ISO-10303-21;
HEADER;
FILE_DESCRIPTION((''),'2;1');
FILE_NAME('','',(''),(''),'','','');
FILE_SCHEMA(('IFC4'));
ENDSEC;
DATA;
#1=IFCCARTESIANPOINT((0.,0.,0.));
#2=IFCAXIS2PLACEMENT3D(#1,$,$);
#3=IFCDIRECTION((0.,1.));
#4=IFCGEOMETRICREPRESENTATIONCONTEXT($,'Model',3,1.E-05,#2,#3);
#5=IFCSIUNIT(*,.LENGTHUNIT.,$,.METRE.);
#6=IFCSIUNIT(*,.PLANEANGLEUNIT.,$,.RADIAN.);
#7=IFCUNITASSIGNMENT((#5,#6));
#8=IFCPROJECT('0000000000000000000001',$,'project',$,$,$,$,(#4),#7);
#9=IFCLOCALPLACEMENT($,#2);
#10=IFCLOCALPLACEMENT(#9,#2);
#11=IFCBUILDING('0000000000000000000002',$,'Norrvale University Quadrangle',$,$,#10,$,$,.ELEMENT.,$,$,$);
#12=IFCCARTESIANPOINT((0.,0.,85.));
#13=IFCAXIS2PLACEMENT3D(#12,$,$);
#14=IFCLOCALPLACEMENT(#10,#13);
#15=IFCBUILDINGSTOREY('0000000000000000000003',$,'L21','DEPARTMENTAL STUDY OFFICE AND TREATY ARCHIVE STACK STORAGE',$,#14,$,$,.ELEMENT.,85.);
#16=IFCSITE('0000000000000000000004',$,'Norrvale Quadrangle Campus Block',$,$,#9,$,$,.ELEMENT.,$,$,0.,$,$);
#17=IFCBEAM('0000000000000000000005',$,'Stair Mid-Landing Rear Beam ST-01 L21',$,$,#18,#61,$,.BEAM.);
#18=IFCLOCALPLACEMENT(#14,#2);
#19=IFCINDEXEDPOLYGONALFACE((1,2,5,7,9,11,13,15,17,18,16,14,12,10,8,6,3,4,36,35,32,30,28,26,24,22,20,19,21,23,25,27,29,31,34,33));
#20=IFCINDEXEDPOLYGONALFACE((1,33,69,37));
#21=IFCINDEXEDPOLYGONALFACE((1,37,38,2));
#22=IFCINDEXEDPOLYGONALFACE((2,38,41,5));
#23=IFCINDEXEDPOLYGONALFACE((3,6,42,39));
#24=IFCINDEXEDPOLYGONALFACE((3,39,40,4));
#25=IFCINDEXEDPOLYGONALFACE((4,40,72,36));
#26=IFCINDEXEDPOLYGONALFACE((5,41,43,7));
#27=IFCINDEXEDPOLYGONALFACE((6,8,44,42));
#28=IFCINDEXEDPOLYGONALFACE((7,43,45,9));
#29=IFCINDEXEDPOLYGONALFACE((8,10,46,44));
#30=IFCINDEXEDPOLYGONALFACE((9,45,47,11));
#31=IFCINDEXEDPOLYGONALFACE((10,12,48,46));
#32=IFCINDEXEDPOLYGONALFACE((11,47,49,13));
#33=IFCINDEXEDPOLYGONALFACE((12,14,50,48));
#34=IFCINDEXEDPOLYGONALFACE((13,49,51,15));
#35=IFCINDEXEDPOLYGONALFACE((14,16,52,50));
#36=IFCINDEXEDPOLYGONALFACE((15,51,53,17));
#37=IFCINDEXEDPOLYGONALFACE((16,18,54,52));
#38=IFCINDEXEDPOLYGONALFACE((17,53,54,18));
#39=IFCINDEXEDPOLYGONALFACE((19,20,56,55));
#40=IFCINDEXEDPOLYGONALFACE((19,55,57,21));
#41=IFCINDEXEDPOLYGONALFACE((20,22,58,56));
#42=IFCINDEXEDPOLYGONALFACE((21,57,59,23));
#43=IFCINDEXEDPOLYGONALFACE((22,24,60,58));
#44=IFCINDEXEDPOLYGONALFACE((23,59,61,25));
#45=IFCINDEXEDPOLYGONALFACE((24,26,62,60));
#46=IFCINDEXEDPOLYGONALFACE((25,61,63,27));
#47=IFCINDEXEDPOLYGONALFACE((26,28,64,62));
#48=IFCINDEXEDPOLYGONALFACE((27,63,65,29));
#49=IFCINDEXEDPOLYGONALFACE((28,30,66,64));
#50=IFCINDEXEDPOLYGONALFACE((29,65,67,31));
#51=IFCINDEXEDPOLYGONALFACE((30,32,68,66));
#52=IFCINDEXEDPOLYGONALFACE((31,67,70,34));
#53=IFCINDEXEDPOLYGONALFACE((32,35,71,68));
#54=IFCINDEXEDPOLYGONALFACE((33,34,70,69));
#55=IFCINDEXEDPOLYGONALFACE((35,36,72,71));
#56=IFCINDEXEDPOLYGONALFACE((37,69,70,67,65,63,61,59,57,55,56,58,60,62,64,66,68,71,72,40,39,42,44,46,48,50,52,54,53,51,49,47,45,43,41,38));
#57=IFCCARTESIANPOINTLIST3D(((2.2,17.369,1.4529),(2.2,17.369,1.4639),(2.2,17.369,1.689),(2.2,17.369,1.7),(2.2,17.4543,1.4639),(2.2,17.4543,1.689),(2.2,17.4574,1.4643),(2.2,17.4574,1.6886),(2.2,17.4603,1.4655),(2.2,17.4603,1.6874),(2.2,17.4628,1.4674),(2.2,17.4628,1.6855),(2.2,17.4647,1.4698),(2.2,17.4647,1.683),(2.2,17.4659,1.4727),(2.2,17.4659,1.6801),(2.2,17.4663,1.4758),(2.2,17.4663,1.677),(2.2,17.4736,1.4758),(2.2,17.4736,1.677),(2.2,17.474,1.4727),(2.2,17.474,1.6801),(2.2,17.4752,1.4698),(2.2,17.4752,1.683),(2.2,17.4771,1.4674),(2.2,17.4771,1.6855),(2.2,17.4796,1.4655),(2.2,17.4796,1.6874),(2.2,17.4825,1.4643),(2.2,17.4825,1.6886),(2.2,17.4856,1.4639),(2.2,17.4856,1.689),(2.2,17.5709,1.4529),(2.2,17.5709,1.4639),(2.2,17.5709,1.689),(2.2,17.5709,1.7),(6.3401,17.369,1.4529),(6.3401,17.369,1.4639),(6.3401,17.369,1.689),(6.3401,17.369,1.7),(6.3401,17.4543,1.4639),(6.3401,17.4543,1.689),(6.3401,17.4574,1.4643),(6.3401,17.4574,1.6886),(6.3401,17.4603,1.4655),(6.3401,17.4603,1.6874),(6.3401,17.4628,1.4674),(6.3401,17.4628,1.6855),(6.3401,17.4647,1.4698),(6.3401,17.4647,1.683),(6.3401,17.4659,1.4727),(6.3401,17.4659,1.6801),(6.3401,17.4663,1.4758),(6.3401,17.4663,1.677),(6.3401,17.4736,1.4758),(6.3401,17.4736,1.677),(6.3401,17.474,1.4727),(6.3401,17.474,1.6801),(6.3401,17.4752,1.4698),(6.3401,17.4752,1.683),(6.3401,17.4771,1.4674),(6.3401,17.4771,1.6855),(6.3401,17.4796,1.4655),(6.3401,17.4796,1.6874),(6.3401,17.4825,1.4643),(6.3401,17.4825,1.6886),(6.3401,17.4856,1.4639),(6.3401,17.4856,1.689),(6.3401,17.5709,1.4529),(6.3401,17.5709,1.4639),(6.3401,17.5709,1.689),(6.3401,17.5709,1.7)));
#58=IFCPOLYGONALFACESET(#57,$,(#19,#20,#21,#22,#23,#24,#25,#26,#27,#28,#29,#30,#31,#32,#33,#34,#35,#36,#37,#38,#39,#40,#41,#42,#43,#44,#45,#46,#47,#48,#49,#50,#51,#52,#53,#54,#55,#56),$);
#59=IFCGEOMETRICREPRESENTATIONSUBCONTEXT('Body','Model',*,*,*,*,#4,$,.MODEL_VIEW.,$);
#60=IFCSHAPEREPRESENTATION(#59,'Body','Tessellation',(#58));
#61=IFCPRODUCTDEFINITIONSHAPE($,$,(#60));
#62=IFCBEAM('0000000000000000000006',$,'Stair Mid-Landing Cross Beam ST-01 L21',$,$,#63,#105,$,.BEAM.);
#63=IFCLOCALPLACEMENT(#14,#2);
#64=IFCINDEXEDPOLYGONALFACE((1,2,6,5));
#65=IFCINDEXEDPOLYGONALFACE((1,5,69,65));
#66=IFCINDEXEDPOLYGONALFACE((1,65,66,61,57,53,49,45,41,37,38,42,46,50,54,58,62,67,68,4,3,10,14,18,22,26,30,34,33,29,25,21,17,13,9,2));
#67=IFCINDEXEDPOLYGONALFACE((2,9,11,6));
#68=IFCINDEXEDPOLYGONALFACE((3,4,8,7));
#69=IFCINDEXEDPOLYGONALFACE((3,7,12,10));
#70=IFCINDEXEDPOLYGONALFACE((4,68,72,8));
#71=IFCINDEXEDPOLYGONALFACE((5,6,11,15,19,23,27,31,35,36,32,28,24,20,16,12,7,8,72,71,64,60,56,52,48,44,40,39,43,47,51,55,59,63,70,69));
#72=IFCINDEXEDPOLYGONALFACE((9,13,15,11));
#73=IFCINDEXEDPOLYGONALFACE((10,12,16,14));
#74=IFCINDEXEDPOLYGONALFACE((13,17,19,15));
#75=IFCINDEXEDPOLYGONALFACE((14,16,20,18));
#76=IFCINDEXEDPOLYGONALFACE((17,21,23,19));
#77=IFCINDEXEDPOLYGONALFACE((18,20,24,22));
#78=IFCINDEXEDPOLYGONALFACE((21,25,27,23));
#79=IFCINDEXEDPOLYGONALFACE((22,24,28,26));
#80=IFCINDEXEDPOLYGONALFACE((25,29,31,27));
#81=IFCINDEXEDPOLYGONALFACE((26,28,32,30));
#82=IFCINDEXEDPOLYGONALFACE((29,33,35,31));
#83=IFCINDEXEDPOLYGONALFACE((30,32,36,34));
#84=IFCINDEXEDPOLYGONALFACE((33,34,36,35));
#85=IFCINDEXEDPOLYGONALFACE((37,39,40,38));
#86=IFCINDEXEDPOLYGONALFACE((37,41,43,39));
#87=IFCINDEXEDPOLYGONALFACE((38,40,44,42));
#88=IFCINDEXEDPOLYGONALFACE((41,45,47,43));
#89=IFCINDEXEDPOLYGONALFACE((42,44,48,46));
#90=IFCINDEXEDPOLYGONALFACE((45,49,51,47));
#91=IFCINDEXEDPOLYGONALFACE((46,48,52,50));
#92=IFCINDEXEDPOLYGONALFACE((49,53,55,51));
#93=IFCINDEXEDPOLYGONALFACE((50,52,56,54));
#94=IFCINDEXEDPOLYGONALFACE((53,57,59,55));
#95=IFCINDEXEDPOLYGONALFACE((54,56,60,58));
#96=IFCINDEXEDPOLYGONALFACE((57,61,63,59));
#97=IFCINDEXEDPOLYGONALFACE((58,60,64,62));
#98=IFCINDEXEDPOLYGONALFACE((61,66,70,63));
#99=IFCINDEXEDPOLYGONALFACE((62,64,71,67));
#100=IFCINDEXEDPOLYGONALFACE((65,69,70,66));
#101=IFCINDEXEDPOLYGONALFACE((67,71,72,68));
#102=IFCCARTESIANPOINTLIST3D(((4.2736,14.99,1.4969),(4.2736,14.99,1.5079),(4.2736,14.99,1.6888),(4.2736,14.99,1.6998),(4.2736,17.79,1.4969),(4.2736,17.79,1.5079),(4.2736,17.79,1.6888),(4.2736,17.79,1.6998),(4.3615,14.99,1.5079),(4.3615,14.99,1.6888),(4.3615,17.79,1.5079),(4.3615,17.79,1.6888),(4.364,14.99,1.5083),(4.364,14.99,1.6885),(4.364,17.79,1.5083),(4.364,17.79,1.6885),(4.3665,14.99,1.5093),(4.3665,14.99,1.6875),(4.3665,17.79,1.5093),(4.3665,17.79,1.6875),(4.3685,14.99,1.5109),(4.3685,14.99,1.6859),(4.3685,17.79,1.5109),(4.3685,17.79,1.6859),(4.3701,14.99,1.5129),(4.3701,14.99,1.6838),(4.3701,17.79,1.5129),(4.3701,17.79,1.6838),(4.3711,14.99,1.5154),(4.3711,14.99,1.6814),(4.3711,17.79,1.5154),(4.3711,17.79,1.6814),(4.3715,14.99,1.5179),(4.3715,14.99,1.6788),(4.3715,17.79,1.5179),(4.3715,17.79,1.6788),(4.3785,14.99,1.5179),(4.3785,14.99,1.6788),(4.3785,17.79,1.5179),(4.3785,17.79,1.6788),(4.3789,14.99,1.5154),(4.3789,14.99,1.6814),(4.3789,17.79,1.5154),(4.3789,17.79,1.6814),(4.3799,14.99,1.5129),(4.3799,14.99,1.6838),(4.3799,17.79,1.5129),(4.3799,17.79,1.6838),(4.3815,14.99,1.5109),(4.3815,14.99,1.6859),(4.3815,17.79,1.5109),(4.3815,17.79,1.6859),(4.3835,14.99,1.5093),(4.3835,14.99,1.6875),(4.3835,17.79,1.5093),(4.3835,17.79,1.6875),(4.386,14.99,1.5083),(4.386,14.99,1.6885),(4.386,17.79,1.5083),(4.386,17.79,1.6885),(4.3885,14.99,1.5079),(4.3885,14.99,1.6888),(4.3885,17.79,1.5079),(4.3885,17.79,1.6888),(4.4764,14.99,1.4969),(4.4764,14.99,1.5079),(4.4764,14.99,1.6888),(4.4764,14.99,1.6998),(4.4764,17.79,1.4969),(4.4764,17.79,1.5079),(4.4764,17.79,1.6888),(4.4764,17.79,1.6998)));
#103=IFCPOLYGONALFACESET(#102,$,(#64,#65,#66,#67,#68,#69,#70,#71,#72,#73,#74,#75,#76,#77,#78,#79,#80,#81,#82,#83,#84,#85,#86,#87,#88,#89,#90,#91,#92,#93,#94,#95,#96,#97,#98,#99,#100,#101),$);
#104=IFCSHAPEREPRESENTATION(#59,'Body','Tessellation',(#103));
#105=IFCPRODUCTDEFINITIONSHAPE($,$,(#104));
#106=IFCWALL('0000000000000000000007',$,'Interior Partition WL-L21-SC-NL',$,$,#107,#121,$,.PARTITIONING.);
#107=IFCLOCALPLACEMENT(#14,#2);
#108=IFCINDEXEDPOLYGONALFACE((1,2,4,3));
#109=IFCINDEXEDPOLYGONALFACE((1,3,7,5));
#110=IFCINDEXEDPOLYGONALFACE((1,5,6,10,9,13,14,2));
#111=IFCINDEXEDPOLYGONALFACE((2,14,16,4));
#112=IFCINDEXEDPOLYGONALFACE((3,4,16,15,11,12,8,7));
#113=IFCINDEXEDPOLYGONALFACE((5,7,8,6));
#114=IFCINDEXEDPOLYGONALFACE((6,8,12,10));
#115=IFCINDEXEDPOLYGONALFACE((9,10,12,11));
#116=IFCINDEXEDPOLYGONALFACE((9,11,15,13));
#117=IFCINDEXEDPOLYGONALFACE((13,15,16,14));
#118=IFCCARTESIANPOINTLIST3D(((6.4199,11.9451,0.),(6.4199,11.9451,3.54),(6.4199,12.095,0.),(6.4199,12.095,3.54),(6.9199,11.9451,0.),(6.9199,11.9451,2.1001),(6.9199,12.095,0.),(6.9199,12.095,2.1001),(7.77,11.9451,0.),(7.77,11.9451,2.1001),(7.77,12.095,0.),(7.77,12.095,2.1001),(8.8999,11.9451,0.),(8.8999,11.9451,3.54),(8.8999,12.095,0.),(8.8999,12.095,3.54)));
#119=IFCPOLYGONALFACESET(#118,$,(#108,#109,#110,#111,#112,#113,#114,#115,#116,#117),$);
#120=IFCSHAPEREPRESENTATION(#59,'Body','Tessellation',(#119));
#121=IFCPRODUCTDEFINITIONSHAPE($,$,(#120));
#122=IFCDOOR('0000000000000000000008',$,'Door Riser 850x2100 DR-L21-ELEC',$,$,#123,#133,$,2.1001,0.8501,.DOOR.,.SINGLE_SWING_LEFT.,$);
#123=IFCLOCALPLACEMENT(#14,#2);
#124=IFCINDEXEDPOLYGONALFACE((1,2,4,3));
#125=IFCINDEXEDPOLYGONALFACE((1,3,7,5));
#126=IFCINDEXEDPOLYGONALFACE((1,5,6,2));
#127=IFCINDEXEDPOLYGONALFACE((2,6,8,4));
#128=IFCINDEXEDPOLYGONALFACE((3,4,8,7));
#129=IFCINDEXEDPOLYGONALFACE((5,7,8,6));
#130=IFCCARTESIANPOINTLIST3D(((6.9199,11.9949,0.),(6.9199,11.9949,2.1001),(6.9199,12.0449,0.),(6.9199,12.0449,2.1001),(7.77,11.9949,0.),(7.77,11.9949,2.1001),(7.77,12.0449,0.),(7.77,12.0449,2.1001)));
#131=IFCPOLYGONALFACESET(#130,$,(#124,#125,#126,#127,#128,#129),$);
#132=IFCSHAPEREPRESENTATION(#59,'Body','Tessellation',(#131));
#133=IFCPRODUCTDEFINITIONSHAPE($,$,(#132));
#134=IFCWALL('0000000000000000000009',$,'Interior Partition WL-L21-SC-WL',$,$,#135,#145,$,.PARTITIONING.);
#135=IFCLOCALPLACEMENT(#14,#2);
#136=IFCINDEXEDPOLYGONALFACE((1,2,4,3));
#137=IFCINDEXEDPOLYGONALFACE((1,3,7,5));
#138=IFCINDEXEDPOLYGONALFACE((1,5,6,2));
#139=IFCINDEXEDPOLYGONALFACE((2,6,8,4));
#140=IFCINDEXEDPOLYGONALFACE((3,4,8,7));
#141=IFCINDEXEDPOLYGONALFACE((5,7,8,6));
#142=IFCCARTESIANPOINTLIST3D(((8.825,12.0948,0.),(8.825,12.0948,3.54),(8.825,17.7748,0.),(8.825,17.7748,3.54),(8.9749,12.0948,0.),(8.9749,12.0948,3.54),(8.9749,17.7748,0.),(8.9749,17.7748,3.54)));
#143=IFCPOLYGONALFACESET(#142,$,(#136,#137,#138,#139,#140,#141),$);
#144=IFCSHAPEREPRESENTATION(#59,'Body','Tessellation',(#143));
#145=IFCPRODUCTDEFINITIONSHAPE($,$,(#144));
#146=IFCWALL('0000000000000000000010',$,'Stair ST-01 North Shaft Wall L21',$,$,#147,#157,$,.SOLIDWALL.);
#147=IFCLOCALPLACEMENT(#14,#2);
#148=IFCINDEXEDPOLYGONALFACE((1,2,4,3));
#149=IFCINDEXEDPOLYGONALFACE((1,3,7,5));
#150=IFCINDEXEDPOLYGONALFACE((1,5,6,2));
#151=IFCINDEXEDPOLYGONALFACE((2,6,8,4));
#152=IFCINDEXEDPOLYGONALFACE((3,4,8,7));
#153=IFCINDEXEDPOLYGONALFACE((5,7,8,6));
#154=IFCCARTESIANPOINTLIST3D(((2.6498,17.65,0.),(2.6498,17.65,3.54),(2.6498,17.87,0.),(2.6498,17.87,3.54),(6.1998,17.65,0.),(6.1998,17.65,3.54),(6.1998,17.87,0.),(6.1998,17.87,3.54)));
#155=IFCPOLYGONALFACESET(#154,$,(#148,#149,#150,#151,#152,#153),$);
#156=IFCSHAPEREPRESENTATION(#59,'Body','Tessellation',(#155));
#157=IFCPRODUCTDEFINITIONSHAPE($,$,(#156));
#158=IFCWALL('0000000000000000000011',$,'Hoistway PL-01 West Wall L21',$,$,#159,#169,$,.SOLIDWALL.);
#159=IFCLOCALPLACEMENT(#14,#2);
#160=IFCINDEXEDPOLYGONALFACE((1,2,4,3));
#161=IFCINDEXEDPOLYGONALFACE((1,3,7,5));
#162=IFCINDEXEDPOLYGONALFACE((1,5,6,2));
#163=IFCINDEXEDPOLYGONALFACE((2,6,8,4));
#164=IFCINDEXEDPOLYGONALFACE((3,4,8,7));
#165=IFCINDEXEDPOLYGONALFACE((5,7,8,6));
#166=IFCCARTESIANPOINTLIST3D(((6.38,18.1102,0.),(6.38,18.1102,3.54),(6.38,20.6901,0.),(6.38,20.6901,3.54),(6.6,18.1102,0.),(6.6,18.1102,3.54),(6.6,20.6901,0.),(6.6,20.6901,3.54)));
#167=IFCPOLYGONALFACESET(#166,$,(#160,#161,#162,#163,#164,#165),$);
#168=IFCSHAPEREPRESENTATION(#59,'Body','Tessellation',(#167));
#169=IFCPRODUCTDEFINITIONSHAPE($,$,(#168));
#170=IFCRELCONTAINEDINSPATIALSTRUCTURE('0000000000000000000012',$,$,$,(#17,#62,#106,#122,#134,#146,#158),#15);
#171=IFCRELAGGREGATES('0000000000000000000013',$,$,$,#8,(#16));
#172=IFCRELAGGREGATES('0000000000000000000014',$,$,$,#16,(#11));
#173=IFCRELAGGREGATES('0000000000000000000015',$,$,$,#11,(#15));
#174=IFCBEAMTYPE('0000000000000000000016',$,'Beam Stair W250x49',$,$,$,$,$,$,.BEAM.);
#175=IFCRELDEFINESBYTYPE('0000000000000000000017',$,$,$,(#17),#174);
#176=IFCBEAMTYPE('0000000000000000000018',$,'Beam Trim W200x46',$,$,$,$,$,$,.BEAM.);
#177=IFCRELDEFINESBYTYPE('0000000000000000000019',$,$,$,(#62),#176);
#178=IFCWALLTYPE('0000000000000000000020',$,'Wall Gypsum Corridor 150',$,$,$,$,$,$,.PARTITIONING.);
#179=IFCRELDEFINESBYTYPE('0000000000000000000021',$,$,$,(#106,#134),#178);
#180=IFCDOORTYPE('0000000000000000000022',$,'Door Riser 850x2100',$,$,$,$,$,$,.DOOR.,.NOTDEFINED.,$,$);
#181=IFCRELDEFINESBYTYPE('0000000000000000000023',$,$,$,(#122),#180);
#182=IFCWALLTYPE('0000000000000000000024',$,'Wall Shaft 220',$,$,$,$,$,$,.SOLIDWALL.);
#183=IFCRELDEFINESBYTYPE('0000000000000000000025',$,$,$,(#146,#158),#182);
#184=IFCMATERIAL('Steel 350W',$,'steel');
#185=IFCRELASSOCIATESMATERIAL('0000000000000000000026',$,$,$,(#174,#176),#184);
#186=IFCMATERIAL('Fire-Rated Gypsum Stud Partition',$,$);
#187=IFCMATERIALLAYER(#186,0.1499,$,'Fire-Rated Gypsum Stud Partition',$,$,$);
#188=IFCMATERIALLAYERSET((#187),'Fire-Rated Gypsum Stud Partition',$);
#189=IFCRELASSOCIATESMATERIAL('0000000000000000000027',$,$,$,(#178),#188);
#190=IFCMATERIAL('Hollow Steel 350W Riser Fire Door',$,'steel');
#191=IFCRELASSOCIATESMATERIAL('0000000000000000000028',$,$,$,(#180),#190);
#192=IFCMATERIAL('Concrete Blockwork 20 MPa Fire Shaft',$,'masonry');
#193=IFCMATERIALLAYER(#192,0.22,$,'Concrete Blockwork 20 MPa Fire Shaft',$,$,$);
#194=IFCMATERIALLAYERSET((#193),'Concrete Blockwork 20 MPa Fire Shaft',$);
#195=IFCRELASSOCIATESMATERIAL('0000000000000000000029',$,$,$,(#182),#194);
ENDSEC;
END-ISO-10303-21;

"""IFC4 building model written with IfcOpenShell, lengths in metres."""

from ifc_helpers import new_model, si_unit, direction, frame, frame_2d, origin, origin_2d, place, context, subcontext, project, spatial, rectangle, i_section, extrude, material, layer, layer_set, material_profile, profile_set, type_object, element, fill, save


model = new_model("IFC4")

# Units and contexts
model_context = context("Model", 3, precision=1e-05, world=origin(), true_north=direction((0.0, 1.0)))
body_context = subcontext(model_context, "Body", "Model", "MODEL_VIEW")
ifc_project = project(units=[si_unit("LENGTHUNIT", "METRE"), si_unit("PLANEANGLEUNIT", "RADIAN")], contexts=[model_context])

# Site, building, storey
site_placement = place(None, origin())
site = spatial("IfcSite", under=ifc_project, at=site_placement, Name="Norrvale Quadrangle Campus Block", CompositionType="ELEMENT", RefElevation=0.0)
building_placement = place(site_placement, origin())
building = spatial("IfcBuilding", under=site, at=building_placement, Name="Norrvale University Quadrangle", CompositionType="ELEMENT")
storey_placement = place(building_placement, frame((0.0, 0.0, 85.0)))
storey = spatial("IfcBuildingStorey", under=building, at=storey_placement, Name="L21", Description="DEPARTMENTAL STUDY OFFICE AND TREATY ARCHIVE STACK STORAGE", CompositionType="ELEMENT", Elevation=85.0)

# Beams
ifc_material_1 = material(Name="Steel 350W", Category="steel")
ifc_material_profile_1 = material_profile(ifc_material_1, i_section(OverallWidth=0.2019, OverallDepth=0.2471, WebThickness=0.0073, FlangeThickness=0.011, FilletRadius=0.012, at=origin_2d()), Name="Steel 350W")
ifc_profile_set_1 = profile_set([ifc_material_profile_1], Name="Steel 350W")
beam_type_1 = type_object("IfcBeamType", Name="Beam Stair W250x49", PredefinedType="BEAM", material=ifc_profile_set_1)
for number, where, z_axis, x_axis, name in (
    (1, (2.2, 17.47, 1.5764), (1.0, 0.0, 0.0), (0.0, 1.0, 0.0), "Stair Mid-Landing Rear Beam ST-01 L21"),
):
    element("IfcBeam", number, at=place(storey_placement, frame(where, z_axis=z_axis, x_axis=x_axis)), inside=storey, type_object=beam_type_1, Name=name, PredefinedType="BEAM", context=body_context, shape_type="SweptSolid", body=[
        extrude(i_section(OverallWidth=0.2019, OverallDepth=0.2471, WebThickness=0.0073, FlangeThickness=0.011, FilletRadius=0.012, at=origin_2d()), origin(), (0.0, 0.0, 1.0), 4.1401),
    ])
ifc_material_profile_2 = material_profile(ifc_material_1, i_section(OverallWidth=0.2029, OverallDepth=0.2029, WebThickness=0.0071, FlangeThickness=0.011, FilletRadius=0.01, at=origin_2d()), Name="Steel 350W")
ifc_profile_set_2 = profile_set([ifc_material_profile_2], Name="Steel 350W")
beam_type_2 = type_object("IfcBeamType", Name="Beam Trim W200x46", PredefinedType="BEAM", material=ifc_profile_set_2)
beam_1_placement = place(storey_placement, frame((4.375, 14.99, 1.5984), z_axis=(0.0, 1.0, 0.0), x_axis=(-1.0, 0.0, 0.0)))
element("IfcBeam", 2, at=beam_1_placement, inside=storey, type_object=beam_type_2, Name="Stair Mid-Landing Cross Beam ST-01 L21", PredefinedType="BEAM", context=body_context, shape_type="SweptSolid", body=[
    extrude(i_section(OverallWidth=0.2029, OverallDepth=0.2029, WebThickness=0.0071, FlangeThickness=0.011, FilletRadius=0.01, at=origin_2d()), origin(), (0.0, 0.0, 1.0), 2.8),
])

# Wall, opening, door
ifc_material_2 = material(Name="Fire-Rated Gypsum Stud Partition")
ifc_layer_1 = layer(ifc_material_2, 0.1499, Name="Fire-Rated Gypsum Stud Partition")
ifc_layer_set_1 = layer_set([ifc_layer_1], Name="Fire-Rated Gypsum Stud Partition")
wall_type_1 = type_object("IfcWallType", Name="Wall Gypsum Corridor 150", PredefinedType="PARTITIONING", material=ifc_layer_set_1)
wall_1_placement = place(storey_placement, frame((6.4199, 12.02, 0.0), z_axis=(0.0, 0.0, 1.0), x_axis=(1.0, 0.0, 0.0)))
wall_1 = element("IfcWall", 3, at=wall_1_placement, inside=storey, type_object=wall_type_1, Name="Interior Partition WL-L21-SC-NL", PredefinedType="PARTITIONING", context=body_context, shape_type="SweptSolid", body=[
    extrude(rectangle(XDim=2.48, YDim=0.1499, at=frame_2d((1.24, 0.0))), origin(), (0.0, 0.0, 1.0), 3.54),
])
opening_1_placement = place(wall_1_placement, frame((0.5, 0.0, 0.0)))
opening_1 = element("IfcOpeningElement", 4, at=opening_1_placement, cuts=wall_1, PredefinedType="OPENING", context=body_context, shape_type="SweptSolid", body=[
    extrude(rectangle(XDim=0.8501, YDim=2.1001, at=frame_2d((0.425, 1.05))), frame((0.0, 0.0869, 0.0), z_axis=(0.0, -1.0, 0.0), x_axis=(1.0, 0.0, 0.0)), (0.0, 0.0, 1.0), 0.1738),
])
ifc_material_3 = material(Name="Hollow Steel 350W Riser Fire Door", Category="steel")
door_type_1 = type_object("IfcDoorType", Name="Door Riser 850x2100", OperationType="NOTDEFINED", PredefinedType="DOOR", material=ifc_material_3)
door_1_placement = place(opening_1_placement, origin())
door_1 = element("IfcDoor", 5, at=door_1_placement, inside=storey, type_object=door_type_1, Name="Door Riser 850x2100 DR-L21-ELEC", OperationType="SINGLE_SWING_LEFT", OverallHeight=2.1001, OverallWidth=0.8501, PredefinedType="DOOR", context=body_context, shape_type="SweptSolid", body=[
    extrude(rectangle(XDim=0.8501, YDim=2.1001, at=frame_2d((0.425, 1.05))), frame((0.0, 0.0249, 0.0), z_axis=(0.0, -1.0, 0.0), x_axis=(1.0, 0.0, 0.0)), (0.0, 0.0, 1.0), 0.05),
])
fill(opening_1, door_1)

# Walls
wall_2_placement = place(storey_placement, frame((8.8999, 12.095, 0.0), z_axis=(0.0, 0.0, 1.0), x_axis=(0.0, 1.0, 0.0)))
element("IfcWall", 6, at=wall_2_placement, inside=storey, type_object=wall_type_1, Name="Interior Partition WL-L21-SC-WL", PredefinedType="PARTITIONING", context=body_context, shape_type="SweptSolid", body=[
    extrude(rectangle(XDim=5.6799, YDim=0.1499, at=frame_2d((2.8398, 0.0))), origin(), (0.0, 0.0, 1.0), 3.54),
])
ifc_material_4 = material(Name="Concrete Blockwork 20 MPa Fire Shaft", Category="masonry")
ifc_layer_2 = layer(ifc_material_4, 0.22, Name="Concrete Blockwork 20 MPa Fire Shaft")
ifc_layer_set_2 = layer_set([ifc_layer_2], Name="Concrete Blockwork 20 MPa Fire Shaft")
wall_type_2 = type_object("IfcWallType", Name="Wall Shaft 220", PredefinedType="SOLIDWALL", material=ifc_layer_set_2)
wall_3_placement = place(storey_placement, frame((2.6499, 17.76, 0.0), z_axis=(0.0, 0.0, 1.0), x_axis=(1.0, 0.0, 0.0)))
element("IfcWall", 7, at=wall_3_placement, inside=storey, type_object=wall_type_2, Name="Stair ST-01 North Shaft Wall L21", PredefinedType="SOLIDWALL", context=body_context, shape_type="SweptSolid", body=[
    extrude(rectangle(XDim=3.55, YDim=0.22, at=frame_2d((1.7749, 0.0))), origin(), (0.0, 0.0, 1.0), 3.54),
])
wall_4_placement = place(storey_placement, frame((6.49, 18.1101, 0.0), z_axis=(0.0, 0.0, 1.0), x_axis=(0.0, 1.0, 0.0)))
element("IfcWall", 8, at=wall_4_placement, inside=storey, type_object=wall_type_2, Name="Hoistway PL-01 West Wall L21", PredefinedType="SOLIDWALL", context=body_context, shape_type="SweptSolid", body=[
    extrude(rectangle(XDim=2.5798, YDim=0.22, at=frame_2d((1.29, 0.0))), origin(), (0.0, 0.0, 1.0), 3.54),
])

save(model, "model.ifc")
